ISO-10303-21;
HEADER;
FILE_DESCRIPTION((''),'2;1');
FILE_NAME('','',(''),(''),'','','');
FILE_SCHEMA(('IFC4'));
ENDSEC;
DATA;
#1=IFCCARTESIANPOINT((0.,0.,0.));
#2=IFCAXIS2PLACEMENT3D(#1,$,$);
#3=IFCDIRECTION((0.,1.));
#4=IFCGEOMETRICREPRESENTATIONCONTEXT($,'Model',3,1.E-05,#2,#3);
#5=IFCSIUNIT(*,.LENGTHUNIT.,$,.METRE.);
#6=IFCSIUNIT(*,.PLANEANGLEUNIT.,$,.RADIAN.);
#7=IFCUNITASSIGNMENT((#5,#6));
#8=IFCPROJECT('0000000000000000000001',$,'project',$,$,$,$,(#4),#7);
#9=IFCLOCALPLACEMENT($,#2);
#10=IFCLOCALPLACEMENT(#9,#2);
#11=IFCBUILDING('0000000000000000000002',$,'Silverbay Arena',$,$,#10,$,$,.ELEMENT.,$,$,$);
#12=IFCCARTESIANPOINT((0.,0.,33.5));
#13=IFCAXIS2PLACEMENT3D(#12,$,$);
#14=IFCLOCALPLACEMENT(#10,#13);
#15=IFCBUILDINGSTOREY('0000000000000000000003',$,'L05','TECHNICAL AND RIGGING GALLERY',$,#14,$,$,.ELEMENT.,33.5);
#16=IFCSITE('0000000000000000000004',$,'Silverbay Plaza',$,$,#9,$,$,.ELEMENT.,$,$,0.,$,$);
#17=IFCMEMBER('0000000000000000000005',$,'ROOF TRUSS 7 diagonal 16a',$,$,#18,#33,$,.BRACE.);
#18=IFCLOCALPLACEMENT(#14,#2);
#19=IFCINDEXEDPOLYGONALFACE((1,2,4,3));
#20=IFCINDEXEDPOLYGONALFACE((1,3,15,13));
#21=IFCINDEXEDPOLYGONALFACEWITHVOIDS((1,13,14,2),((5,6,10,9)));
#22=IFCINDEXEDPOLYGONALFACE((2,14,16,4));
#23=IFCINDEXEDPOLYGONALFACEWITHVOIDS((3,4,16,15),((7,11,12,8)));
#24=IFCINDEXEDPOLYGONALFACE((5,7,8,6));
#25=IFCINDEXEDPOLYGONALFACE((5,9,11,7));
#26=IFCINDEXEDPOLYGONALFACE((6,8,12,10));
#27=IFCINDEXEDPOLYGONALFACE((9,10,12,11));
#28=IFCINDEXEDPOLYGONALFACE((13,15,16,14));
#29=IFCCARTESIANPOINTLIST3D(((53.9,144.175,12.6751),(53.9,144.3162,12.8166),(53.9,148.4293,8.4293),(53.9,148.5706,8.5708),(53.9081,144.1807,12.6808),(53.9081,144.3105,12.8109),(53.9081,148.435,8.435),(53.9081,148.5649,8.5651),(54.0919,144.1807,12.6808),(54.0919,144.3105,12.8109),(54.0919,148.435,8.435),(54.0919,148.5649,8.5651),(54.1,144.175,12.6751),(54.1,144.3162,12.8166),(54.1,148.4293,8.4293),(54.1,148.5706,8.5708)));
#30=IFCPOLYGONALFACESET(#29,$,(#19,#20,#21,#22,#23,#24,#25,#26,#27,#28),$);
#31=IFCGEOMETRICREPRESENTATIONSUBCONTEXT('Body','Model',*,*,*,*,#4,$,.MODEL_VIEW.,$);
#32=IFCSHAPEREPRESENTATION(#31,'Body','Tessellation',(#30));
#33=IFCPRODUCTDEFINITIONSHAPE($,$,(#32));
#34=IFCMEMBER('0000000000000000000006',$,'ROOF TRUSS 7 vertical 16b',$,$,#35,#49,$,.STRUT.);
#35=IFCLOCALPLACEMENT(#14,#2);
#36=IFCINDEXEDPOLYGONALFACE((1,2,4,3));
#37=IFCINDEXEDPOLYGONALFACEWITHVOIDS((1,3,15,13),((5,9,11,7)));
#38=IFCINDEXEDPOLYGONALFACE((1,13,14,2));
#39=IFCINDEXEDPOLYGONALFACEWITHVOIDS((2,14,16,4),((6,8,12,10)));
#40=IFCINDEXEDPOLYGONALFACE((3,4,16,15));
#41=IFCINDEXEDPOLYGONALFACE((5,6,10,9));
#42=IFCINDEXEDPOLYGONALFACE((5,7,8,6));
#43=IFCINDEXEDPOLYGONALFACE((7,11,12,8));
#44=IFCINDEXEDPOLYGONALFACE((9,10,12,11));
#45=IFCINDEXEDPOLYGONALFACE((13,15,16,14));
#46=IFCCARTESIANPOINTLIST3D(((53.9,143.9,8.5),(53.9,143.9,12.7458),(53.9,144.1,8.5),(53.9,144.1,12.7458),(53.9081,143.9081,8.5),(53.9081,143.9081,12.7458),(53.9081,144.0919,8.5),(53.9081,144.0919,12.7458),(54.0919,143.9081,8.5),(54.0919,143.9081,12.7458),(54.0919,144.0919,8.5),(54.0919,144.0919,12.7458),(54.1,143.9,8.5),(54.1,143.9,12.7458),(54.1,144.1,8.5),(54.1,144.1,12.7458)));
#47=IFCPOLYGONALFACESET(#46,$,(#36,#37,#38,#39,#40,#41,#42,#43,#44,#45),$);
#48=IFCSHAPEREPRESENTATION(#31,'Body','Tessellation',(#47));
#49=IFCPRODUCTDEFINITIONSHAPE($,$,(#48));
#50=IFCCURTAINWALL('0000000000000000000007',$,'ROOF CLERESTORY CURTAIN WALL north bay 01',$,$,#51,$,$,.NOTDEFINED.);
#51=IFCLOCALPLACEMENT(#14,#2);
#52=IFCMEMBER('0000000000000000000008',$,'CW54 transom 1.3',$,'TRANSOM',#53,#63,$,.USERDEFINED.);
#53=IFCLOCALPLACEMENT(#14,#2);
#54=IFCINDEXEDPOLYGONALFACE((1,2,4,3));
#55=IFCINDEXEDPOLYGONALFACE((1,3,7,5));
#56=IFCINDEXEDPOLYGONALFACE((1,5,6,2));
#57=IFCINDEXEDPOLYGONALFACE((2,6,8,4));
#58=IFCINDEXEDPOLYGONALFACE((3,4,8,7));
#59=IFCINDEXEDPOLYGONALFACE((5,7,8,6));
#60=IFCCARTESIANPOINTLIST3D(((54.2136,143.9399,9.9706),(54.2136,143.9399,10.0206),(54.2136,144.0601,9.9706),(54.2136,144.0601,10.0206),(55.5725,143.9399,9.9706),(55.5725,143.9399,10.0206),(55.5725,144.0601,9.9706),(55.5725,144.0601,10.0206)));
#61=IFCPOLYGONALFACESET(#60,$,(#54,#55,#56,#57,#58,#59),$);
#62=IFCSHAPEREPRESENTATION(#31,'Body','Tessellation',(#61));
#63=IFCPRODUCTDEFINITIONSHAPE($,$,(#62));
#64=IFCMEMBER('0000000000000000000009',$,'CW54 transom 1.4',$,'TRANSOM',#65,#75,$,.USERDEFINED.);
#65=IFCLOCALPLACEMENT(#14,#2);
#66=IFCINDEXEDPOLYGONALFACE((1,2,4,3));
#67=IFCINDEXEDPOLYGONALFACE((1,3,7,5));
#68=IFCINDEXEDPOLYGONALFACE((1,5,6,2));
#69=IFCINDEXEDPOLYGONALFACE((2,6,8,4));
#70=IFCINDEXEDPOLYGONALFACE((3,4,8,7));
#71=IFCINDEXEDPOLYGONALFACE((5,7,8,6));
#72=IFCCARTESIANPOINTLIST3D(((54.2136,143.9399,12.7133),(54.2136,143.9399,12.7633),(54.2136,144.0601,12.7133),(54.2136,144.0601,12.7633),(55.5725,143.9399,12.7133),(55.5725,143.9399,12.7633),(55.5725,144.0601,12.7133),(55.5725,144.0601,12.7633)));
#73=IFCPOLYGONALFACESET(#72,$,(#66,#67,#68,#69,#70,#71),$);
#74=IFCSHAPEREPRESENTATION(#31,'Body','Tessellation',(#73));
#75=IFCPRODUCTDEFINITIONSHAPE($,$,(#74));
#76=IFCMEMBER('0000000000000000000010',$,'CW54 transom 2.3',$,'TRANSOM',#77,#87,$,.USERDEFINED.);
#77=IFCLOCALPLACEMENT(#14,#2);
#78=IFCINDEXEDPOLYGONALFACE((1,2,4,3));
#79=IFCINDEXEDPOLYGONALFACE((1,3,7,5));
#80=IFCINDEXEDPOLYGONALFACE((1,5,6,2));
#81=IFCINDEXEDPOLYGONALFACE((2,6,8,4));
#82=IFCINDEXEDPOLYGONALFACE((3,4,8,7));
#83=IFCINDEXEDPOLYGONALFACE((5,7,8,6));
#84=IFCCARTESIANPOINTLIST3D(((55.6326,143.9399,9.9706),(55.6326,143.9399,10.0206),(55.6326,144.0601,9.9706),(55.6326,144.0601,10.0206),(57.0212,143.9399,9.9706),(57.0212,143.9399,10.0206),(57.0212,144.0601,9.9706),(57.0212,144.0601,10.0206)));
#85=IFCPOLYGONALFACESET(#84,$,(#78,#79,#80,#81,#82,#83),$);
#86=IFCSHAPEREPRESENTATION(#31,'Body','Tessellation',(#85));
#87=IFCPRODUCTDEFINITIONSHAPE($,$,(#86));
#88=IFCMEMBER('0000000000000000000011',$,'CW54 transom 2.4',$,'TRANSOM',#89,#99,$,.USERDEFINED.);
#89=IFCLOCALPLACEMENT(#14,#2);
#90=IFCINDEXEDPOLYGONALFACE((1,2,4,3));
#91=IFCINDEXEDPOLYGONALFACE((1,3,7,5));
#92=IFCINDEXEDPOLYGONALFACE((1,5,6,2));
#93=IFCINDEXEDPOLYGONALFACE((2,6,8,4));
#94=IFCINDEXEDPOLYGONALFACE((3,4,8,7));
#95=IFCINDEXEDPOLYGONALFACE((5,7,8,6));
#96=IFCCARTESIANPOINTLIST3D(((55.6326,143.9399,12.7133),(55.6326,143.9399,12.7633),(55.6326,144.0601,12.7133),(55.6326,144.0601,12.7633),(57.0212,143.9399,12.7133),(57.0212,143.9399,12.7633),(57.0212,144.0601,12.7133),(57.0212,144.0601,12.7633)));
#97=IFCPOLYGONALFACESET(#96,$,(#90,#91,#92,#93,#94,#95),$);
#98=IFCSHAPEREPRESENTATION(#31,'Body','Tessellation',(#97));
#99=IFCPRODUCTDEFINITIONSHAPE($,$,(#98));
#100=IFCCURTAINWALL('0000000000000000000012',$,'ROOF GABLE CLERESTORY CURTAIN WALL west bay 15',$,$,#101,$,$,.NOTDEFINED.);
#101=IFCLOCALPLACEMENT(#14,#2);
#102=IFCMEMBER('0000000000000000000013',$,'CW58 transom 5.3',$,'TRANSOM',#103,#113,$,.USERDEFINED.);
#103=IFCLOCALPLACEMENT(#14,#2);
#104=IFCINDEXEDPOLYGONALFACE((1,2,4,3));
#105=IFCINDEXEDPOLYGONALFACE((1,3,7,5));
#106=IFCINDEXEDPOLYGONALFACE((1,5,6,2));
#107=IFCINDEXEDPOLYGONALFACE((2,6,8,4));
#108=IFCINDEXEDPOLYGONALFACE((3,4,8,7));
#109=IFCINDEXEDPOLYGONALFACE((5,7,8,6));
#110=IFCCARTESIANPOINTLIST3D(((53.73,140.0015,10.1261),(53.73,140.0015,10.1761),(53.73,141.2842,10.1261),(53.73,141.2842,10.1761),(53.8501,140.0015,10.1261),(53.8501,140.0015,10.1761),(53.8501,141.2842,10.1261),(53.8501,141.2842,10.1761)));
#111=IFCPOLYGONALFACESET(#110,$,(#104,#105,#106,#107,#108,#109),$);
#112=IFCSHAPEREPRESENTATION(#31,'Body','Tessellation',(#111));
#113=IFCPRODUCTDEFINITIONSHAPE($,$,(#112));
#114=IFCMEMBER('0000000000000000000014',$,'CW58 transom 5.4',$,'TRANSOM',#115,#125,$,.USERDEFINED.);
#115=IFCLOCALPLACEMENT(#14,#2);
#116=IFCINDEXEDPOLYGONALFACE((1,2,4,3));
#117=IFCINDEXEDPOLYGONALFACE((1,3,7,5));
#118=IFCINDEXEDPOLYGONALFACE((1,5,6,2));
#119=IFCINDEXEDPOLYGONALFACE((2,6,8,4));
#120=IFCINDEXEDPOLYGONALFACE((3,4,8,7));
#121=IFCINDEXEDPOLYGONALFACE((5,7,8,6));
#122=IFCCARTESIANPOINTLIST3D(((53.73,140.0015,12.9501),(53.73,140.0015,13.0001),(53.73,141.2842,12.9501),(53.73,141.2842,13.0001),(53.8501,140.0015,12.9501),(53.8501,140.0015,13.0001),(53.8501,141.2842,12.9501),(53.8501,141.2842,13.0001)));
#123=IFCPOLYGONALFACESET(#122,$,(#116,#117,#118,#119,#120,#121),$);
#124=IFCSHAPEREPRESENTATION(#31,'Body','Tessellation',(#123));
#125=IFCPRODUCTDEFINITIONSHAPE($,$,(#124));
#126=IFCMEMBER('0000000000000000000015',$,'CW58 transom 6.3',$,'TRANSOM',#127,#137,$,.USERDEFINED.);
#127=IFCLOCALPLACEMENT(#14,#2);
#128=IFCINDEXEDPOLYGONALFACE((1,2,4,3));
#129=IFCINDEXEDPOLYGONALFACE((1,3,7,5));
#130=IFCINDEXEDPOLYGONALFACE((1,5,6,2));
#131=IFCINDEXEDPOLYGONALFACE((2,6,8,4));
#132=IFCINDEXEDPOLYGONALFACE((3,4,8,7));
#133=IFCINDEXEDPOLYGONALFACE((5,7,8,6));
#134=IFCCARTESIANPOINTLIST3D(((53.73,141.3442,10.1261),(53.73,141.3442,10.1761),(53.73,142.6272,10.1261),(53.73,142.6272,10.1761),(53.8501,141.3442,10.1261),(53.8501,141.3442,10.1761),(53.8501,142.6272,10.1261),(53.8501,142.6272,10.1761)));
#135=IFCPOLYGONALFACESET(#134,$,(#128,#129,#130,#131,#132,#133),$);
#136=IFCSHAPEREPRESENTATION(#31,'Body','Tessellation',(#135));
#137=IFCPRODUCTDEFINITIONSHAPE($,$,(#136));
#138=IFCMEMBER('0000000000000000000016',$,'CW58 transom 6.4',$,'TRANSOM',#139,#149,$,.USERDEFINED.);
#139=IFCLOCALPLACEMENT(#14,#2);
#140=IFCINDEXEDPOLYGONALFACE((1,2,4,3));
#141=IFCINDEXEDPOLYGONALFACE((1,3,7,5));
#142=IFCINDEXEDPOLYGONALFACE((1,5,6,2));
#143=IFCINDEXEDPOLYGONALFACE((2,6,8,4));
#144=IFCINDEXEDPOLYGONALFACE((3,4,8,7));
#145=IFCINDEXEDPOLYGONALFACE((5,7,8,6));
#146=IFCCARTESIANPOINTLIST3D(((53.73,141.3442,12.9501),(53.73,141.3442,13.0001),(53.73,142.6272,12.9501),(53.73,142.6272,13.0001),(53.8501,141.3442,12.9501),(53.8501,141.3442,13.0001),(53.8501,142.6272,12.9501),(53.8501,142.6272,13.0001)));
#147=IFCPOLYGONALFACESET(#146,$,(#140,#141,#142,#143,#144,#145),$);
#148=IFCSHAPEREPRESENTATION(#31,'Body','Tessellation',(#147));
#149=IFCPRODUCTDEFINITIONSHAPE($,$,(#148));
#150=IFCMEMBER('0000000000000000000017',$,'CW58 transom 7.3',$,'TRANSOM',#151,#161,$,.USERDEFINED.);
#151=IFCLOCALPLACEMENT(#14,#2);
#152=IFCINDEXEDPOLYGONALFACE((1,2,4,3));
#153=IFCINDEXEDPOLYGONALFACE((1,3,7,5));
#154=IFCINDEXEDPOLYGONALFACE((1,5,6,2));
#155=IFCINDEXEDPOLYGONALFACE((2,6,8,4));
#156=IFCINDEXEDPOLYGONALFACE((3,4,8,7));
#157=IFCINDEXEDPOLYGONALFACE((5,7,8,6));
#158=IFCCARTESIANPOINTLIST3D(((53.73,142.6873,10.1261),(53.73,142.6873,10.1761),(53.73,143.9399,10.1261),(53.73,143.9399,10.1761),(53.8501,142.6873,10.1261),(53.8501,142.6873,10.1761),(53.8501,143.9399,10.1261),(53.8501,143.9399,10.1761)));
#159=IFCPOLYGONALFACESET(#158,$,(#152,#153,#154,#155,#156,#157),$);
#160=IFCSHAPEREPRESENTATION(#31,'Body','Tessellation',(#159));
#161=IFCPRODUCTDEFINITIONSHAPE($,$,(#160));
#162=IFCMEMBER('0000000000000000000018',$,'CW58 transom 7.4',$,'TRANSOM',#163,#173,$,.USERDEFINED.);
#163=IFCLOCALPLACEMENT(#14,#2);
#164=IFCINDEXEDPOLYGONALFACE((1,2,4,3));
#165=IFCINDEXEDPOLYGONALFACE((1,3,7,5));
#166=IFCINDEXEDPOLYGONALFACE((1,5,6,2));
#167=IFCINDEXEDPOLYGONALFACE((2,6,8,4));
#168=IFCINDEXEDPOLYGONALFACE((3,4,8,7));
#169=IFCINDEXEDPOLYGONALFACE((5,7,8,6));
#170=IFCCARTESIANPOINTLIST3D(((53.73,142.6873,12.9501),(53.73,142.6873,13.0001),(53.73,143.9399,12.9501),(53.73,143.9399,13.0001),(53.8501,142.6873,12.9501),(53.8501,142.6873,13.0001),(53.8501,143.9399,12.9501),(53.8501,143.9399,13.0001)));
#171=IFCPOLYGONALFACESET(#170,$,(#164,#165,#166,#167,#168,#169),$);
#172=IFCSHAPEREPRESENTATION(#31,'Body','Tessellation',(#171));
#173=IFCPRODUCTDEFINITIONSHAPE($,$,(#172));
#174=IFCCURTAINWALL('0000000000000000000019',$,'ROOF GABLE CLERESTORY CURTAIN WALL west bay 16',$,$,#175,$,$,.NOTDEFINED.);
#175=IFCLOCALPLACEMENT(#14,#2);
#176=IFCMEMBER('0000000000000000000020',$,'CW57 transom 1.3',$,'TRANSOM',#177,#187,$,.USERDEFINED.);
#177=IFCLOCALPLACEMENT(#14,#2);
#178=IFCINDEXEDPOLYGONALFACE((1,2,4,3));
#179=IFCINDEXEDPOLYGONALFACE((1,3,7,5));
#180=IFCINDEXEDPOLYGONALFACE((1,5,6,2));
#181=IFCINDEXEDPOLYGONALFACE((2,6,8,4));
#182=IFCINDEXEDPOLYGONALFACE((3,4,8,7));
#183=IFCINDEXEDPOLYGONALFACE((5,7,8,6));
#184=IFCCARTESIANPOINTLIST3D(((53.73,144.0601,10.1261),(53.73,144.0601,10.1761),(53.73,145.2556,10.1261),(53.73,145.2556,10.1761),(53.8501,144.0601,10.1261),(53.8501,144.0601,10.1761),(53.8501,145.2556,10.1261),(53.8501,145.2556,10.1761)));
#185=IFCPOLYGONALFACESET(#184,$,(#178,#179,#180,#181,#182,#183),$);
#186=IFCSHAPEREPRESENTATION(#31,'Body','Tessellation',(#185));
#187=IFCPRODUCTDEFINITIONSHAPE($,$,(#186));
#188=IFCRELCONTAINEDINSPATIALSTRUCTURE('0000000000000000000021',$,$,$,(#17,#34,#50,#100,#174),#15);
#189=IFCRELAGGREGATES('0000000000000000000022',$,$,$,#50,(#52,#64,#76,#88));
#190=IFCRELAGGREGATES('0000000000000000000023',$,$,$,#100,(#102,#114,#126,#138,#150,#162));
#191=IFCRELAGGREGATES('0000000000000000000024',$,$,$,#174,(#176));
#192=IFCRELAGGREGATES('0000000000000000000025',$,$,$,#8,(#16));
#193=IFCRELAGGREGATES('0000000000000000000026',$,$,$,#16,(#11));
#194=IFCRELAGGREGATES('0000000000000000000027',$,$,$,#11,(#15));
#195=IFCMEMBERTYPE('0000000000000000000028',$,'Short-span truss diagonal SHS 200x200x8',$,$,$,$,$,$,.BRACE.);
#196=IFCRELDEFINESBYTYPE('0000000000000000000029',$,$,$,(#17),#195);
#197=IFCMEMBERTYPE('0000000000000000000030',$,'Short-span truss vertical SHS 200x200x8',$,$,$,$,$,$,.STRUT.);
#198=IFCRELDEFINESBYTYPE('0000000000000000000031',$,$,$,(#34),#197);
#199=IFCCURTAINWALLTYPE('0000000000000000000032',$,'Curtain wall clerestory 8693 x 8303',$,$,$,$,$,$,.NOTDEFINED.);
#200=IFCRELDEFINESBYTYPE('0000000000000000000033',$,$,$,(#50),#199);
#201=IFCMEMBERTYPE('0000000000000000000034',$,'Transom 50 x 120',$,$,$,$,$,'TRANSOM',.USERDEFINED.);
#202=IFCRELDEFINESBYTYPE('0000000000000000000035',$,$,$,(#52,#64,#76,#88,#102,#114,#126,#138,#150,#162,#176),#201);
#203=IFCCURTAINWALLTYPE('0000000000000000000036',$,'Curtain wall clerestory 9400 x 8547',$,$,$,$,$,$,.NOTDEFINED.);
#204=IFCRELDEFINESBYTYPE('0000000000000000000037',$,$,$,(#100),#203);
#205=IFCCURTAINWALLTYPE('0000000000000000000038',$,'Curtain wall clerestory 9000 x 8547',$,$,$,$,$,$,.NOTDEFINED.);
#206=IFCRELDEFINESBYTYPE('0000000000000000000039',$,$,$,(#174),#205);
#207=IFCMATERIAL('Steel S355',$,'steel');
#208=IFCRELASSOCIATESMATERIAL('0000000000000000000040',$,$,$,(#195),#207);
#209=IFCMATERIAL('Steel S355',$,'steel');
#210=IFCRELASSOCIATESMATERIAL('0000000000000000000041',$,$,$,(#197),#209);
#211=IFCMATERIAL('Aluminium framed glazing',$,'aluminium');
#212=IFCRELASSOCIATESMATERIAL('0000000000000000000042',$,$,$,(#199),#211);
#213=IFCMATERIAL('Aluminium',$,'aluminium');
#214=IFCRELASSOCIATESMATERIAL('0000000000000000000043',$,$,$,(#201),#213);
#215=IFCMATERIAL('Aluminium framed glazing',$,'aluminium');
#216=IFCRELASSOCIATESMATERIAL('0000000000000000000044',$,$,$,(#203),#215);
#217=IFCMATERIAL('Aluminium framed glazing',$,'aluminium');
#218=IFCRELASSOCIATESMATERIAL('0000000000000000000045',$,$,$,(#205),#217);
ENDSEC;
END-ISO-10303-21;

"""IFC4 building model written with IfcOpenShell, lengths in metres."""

from ifc_helpers import new_model, si_unit, direction, frame, origin, origin_2d, place, context, subcontext, project, spatial, rectangle, hollow_rectangle, extrude, material, material_profile, profile_set, type_object, element, aggregate, save


model = new_model("IFC4")

# Units and contexts
model_context = context("Model", 3, precision=1e-05, world=origin(), true_north=direction((0.0, 1.0)))
body_context = subcontext(model_context, "Body", "Model", "MODEL_VIEW")
ifc_project = project(units=[si_unit("LENGTHUNIT", "METRE"), si_unit("PLANEANGLEUNIT", "RADIAN")], contexts=[model_context])

# Site, building, storey
site_placement = place(None, origin())
site = spatial("IfcSite", under=ifc_project, at=site_placement, Name="Silverbay Plaza", CompositionType="ELEMENT", RefElevation=0.0)
building_placement = place(site_placement, origin())
building = spatial("IfcBuilding", under=site, at=building_placement, Name="Silverbay Arena", CompositionType="ELEMENT")
storey_placement = place(building_placement, frame((0.0, 0.0, 33.5)))
storey = spatial("IfcBuildingStorey", under=building, at=storey_placement, Name="L05", Description="TECHNICAL AND RIGGING GALLERY", CompositionType="ELEMENT", Elevation=33.5)

# Members
ifc_material_1 = material(Name="Steel S355", Category="steel")
ifc_material_profile_1 = material_profile(ifc_material_1, hollow_rectangle(XDim=0.2, YDim=0.2, WallThickness=0.0081, at=origin_2d()), Name="SHS 200x200x8")
ifc_profile_set_1 = profile_set([ifc_material_profile_1], Name="Steel S355")
member_type_1 = type_object("IfcMemberType", Name="Short-span truss diagonal SHS 200x200x8", PredefinedType="BRACE", material=ifc_profile_set_1)
for number, where, z_axis, x_axis, name in (
    (1, (54.0, 144.2456, 12.7458), (0.0, 0.707817, -0.706396), (-1.0, 0.0, 0.0), "ROOF TRUSS 7 diagonal 16a"),
):
    element("IfcMember", number, at=place(storey_placement, frame(where, z_axis=z_axis, x_axis=x_axis)), inside=storey, type_object=member_type_1, Name=name, PredefinedType="BRACE", context=body_context, shape_type="SweptSolid", body=[
        extrude(hollow_rectangle(XDim=0.2, YDim=0.2, WallThickness=0.0081, at=origin_2d()), origin(), (0.0, 0.0, 1.0), 6.0105),
    ])
ifc_material_2 = material(Name="Steel S355", Category="steel")
ifc_material_profile_2 = material_profile(ifc_material_2, hollow_rectangle(XDim=0.2, YDim=0.2, WallThickness=0.0081, at=origin_2d()), Name="SHS 200x200x8")
ifc_profile_set_2 = profile_set([ifc_material_profile_2], Name="Steel S355")
member_type_2 = type_object("IfcMemberType", Name="Short-span truss vertical SHS 200x200x8", PredefinedType="STRUT", material=ifc_profile_set_2)
member_1_placement = place(storey_placement, frame((54.0, 144.0, 8.5), z_axis=(0.0, 0.0, 1.0), x_axis=(1.0, 0.0, 0.0)))
element("IfcMember", 2, at=member_1_placement, inside=storey, type_object=member_type_2, Name="ROOF TRUSS 7 vertical 16b", PredefinedType="STRUT", context=body_context, shape_type="SweptSolid", body=[
    extrude(hollow_rectangle(XDim=0.2, YDim=0.2, WallThickness=0.0081, at=origin_2d()), origin(), (0.0, 0.0, 1.0), 4.2458),
])

# Curtain walls, members
ifc_material_3 = material(Name="Aluminium framed glazing", Category="aluminium")
curtain_wall_type_1 = type_object("IfcCurtainWallType", Name="Curtain wall clerestory 8693 x 8303", PredefinedType="NOTDEFINED", material=ifc_material_3)
curtain_wall_1_placement = place(storey_placement, origin())
curtain_wall_1 = element("IfcCurtainWall", 3, at=curtain_wall_1_placement, inside=storey, type_object=curtain_wall_type_1, Name="ROOF CLERESTORY CURTAIN WALL north bay 01", PredefinedType="NOTDEFINED")
ifc_material_4 = material(Name="Aluminium", Category="aluminium")
ifc_material_profile_3 = material_profile(ifc_material_4, rectangle(XDim=0.1201, YDim=0.05, at=origin_2d()), Name="Transom 50 x 120")
ifc_profile_set_3 = profile_set([ifc_material_profile_3], Name="Aluminium")
member_type_3 = type_object("IfcMemberType", Name="Transom 50 x 120", ElementType="TRANSOM", PredefinedType="USERDEFINED", material=ifc_profile_set_3)
member_2_placement = place(storey_placement, frame((54.2136, 144.0, 9.9956), z_axis=(1.0, 0.0, 0.0), x_axis=(0.0, 1.0, 0.0)))
member_2 = element("IfcMember", 4, at=member_2_placement, type_object=member_type_3, Name="CW54 transom 1.3", ObjectType="TRANSOM", PredefinedType="USERDEFINED", context=body_context, shape_type="SweptSolid", body=[
    extrude(rectangle(XDim=0.1201, YDim=0.05, at=origin_2d()), origin(), (0.0, 0.0, 1.0), 1.3589),
])
member_3_placement = place(storey_placement, frame((54.2136, 144.0, 12.7383), z_axis=(1.0, 0.0, 0.0), x_axis=(0.0, 1.0, 0.0)))
member_3 = element("IfcMember", 5, at=member_3_placement, type_object=member_type_3, Name="CW54 transom 1.4", ObjectType="TRANSOM", PredefinedType="USERDEFINED", context=body_context, shape_type="SweptSolid", body=[
    extrude(rectangle(XDim=0.1201, YDim=0.05, at=origin_2d()), origin(), (0.0, 0.0, 1.0), 1.3589),
])
member_4_placement = place(storey_placement, frame((55.6326, 144.0, 9.9956), z_axis=(1.0, 0.0, 0.0), x_axis=(0.0, 1.0, 0.0)))
member_4 = element("IfcMember", 6, at=member_4_placement, type_object=member_type_3, Name="CW54 transom 2.3", ObjectType="TRANSOM", PredefinedType="USERDEFINED", context=body_context, shape_type="SweptSolid", body=[
    extrude(rectangle(XDim=0.1201, YDim=0.05, at=origin_2d()), origin(), (0.0, 0.0, 1.0), 1.3887),
])
member_5_placement = place(storey_placement, frame((55.6326, 144.0, 12.7383), z_axis=(1.0, 0.0, 0.0), x_axis=(0.0, 1.0, 0.0)))
member_5 = element("IfcMember", 7, at=member_5_placement, type_object=member_type_3, Name="CW54 transom 2.4", ObjectType="TRANSOM", PredefinedType="USERDEFINED", context=body_context, shape_type="SweptSolid", body=[
    extrude(rectangle(XDim=0.1201, YDim=0.05, at=origin_2d()), origin(), (0.0, 0.0, 1.0), 1.3887),
])
ifc_material_5 = material(Name="Aluminium framed glazing", Category="aluminium")
curtain_wall_type_2 = type_object("IfcCurtainWallType", Name="Curtain wall clerestory 9400 x 8547", PredefinedType="NOTDEFINED", material=ifc_material_5)
curtain_wall_2_placement = place(storey_placement, origin())
curtain_wall_2 = element("IfcCurtainWall", 8, at=curtain_wall_2_placement, inside=storey, type_object=curtain_wall_type_2, Name="ROOF GABLE CLERESTORY CURTAIN WALL west bay 15", PredefinedType="NOTDEFINED")
member_6_placement = place(storey_placement, frame((53.79, 140.0015, 10.1511), z_axis=(0.0, 1.0, 0.0), x_axis=(-1.0, 0.0, 0.0)))
member_6 = element("IfcMember", 9, at=member_6_placement, type_object=member_type_3, Name="CW58 transom 5.3", ObjectType="TRANSOM", PredefinedType="USERDEFINED", context=body_context, shape_type="SweptSolid", body=[
    extrude(rectangle(XDim=0.1201, YDim=0.05, at=origin_2d()), origin(), (0.0, 0.0, 1.0), 1.2827),
])
member_7_placement = place(storey_placement, frame((53.79, 140.0015, 12.9751), z_axis=(0.0, 1.0, 0.0), x_axis=(-1.0, 0.0, 0.0)))
member_7 = element("IfcMember", 10, at=member_7_placement, type_object=member_type_3, Name="CW58 transom 5.4", ObjectType="TRANSOM", PredefinedType="USERDEFINED", context=body_context, shape_type="SweptSolid", body=[
    extrude(rectangle(XDim=0.1201, YDim=0.05, at=origin_2d()), origin(), (0.0, 0.0, 1.0), 1.2827),
])
member_8_placement = place(storey_placement, frame((53.79, 141.3442, 10.1511), z_axis=(0.0, 1.0, 0.0), x_axis=(-1.0, 0.0, 0.0)))
member_8 = element("IfcMember", 11, at=member_8_placement, type_object=member_type_3, Name="CW58 transom 6.3", ObjectType="TRANSOM", PredefinedType="USERDEFINED", context=body_context, shape_type="SweptSolid", body=[
    extrude(rectangle(XDim=0.1201, YDim=0.05, at=origin_2d()), origin(), (0.0, 0.0, 1.0), 1.283),
])
member_9_placement = place(storey_placement, frame((53.79, 141.3442, 12.9751), z_axis=(0.0, 1.0, 0.0), x_axis=(-1.0, 0.0, 0.0)))
member_9 = element("IfcMember", 12, at=member_9_placement, type_object=member_type_3, Name="CW58 transom 6.4", ObjectType="TRANSOM", PredefinedType="USERDEFINED", context=body_context, shape_type="SweptSolid", body=[
    extrude(rectangle(XDim=0.1201, YDim=0.05, at=origin_2d()), origin(), (0.0, 0.0, 1.0), 1.283),
])
member_10_placement = place(storey_placement, frame((53.79, 142.6873, 10.1511), z_axis=(0.0, 1.0, 0.0), x_axis=(-1.0, 0.0, 0.0)))
member_10 = element("IfcMember", 13, at=member_10_placement, type_object=member_type_3, Name="CW58 transom 7.3", ObjectType="TRANSOM", PredefinedType="USERDEFINED", context=body_context, shape_type="SweptSolid", body=[
    extrude(rectangle(XDim=0.1201, YDim=0.05, at=origin_2d()), origin(), (0.0, 0.0, 1.0), 1.2527),
])
member_11_placement = place(storey_placement, frame((53.79, 142.6873, 12.9751), z_axis=(0.0, 1.0, 0.0), x_axis=(-1.0, 0.0, 0.0)))
member_11 = element("IfcMember", 14, at=member_11_placement, type_object=member_type_3, Name="CW58 transom 7.4", ObjectType="TRANSOM", PredefinedType="USERDEFINED", context=body_context, shape_type="SweptSolid", body=[
    extrude(rectangle(XDim=0.1201, YDim=0.05, at=origin_2d()), origin(), (0.0, 0.0, 1.0), 1.2527),
])
ifc_material_6 = material(Name="Aluminium framed glazing", Category="aluminium")
curtain_wall_type_3 = type_object("IfcCurtainWallType", Name="Curtain wall clerestory 9000 x 8547", PredefinedType="NOTDEFINED", material=ifc_material_6)
curtain_wall_3_placement = place(storey_placement, origin())
curtain_wall_3 = element("IfcCurtainWall", 15, at=curtain_wall_3_placement, inside=storey, type_object=curtain_wall_type_3, Name="ROOF GABLE CLERESTORY CURTAIN WALL west bay 16", PredefinedType="NOTDEFINED")
member_12_placement = place(storey_placement, frame((53.79, 144.0601, 10.1511), z_axis=(0.0, 1.0, 0.0), x_axis=(-1.0, 0.0, 0.0)))
member_12 = element("IfcMember", 16, at=member_12_placement, type_object=member_type_3, Name="CW57 transom 1.3", ObjectType="TRANSOM", PredefinedType="USERDEFINED", context=body_context, shape_type="SweptSolid", body=[
    extrude(rectangle(XDim=0.1201, YDim=0.05, at=origin_2d()), origin(), (0.0, 0.0, 1.0), 1.1956),
])

aggregate(curtain_wall_1, [member_2, member_3, member_4, member_5])
aggregate(curtain_wall_2, [member_6, member_7, member_8, member_9, member_10, member_11])
aggregate(curtain_wall_3, [member_12])

save(model, "model.ifc")
